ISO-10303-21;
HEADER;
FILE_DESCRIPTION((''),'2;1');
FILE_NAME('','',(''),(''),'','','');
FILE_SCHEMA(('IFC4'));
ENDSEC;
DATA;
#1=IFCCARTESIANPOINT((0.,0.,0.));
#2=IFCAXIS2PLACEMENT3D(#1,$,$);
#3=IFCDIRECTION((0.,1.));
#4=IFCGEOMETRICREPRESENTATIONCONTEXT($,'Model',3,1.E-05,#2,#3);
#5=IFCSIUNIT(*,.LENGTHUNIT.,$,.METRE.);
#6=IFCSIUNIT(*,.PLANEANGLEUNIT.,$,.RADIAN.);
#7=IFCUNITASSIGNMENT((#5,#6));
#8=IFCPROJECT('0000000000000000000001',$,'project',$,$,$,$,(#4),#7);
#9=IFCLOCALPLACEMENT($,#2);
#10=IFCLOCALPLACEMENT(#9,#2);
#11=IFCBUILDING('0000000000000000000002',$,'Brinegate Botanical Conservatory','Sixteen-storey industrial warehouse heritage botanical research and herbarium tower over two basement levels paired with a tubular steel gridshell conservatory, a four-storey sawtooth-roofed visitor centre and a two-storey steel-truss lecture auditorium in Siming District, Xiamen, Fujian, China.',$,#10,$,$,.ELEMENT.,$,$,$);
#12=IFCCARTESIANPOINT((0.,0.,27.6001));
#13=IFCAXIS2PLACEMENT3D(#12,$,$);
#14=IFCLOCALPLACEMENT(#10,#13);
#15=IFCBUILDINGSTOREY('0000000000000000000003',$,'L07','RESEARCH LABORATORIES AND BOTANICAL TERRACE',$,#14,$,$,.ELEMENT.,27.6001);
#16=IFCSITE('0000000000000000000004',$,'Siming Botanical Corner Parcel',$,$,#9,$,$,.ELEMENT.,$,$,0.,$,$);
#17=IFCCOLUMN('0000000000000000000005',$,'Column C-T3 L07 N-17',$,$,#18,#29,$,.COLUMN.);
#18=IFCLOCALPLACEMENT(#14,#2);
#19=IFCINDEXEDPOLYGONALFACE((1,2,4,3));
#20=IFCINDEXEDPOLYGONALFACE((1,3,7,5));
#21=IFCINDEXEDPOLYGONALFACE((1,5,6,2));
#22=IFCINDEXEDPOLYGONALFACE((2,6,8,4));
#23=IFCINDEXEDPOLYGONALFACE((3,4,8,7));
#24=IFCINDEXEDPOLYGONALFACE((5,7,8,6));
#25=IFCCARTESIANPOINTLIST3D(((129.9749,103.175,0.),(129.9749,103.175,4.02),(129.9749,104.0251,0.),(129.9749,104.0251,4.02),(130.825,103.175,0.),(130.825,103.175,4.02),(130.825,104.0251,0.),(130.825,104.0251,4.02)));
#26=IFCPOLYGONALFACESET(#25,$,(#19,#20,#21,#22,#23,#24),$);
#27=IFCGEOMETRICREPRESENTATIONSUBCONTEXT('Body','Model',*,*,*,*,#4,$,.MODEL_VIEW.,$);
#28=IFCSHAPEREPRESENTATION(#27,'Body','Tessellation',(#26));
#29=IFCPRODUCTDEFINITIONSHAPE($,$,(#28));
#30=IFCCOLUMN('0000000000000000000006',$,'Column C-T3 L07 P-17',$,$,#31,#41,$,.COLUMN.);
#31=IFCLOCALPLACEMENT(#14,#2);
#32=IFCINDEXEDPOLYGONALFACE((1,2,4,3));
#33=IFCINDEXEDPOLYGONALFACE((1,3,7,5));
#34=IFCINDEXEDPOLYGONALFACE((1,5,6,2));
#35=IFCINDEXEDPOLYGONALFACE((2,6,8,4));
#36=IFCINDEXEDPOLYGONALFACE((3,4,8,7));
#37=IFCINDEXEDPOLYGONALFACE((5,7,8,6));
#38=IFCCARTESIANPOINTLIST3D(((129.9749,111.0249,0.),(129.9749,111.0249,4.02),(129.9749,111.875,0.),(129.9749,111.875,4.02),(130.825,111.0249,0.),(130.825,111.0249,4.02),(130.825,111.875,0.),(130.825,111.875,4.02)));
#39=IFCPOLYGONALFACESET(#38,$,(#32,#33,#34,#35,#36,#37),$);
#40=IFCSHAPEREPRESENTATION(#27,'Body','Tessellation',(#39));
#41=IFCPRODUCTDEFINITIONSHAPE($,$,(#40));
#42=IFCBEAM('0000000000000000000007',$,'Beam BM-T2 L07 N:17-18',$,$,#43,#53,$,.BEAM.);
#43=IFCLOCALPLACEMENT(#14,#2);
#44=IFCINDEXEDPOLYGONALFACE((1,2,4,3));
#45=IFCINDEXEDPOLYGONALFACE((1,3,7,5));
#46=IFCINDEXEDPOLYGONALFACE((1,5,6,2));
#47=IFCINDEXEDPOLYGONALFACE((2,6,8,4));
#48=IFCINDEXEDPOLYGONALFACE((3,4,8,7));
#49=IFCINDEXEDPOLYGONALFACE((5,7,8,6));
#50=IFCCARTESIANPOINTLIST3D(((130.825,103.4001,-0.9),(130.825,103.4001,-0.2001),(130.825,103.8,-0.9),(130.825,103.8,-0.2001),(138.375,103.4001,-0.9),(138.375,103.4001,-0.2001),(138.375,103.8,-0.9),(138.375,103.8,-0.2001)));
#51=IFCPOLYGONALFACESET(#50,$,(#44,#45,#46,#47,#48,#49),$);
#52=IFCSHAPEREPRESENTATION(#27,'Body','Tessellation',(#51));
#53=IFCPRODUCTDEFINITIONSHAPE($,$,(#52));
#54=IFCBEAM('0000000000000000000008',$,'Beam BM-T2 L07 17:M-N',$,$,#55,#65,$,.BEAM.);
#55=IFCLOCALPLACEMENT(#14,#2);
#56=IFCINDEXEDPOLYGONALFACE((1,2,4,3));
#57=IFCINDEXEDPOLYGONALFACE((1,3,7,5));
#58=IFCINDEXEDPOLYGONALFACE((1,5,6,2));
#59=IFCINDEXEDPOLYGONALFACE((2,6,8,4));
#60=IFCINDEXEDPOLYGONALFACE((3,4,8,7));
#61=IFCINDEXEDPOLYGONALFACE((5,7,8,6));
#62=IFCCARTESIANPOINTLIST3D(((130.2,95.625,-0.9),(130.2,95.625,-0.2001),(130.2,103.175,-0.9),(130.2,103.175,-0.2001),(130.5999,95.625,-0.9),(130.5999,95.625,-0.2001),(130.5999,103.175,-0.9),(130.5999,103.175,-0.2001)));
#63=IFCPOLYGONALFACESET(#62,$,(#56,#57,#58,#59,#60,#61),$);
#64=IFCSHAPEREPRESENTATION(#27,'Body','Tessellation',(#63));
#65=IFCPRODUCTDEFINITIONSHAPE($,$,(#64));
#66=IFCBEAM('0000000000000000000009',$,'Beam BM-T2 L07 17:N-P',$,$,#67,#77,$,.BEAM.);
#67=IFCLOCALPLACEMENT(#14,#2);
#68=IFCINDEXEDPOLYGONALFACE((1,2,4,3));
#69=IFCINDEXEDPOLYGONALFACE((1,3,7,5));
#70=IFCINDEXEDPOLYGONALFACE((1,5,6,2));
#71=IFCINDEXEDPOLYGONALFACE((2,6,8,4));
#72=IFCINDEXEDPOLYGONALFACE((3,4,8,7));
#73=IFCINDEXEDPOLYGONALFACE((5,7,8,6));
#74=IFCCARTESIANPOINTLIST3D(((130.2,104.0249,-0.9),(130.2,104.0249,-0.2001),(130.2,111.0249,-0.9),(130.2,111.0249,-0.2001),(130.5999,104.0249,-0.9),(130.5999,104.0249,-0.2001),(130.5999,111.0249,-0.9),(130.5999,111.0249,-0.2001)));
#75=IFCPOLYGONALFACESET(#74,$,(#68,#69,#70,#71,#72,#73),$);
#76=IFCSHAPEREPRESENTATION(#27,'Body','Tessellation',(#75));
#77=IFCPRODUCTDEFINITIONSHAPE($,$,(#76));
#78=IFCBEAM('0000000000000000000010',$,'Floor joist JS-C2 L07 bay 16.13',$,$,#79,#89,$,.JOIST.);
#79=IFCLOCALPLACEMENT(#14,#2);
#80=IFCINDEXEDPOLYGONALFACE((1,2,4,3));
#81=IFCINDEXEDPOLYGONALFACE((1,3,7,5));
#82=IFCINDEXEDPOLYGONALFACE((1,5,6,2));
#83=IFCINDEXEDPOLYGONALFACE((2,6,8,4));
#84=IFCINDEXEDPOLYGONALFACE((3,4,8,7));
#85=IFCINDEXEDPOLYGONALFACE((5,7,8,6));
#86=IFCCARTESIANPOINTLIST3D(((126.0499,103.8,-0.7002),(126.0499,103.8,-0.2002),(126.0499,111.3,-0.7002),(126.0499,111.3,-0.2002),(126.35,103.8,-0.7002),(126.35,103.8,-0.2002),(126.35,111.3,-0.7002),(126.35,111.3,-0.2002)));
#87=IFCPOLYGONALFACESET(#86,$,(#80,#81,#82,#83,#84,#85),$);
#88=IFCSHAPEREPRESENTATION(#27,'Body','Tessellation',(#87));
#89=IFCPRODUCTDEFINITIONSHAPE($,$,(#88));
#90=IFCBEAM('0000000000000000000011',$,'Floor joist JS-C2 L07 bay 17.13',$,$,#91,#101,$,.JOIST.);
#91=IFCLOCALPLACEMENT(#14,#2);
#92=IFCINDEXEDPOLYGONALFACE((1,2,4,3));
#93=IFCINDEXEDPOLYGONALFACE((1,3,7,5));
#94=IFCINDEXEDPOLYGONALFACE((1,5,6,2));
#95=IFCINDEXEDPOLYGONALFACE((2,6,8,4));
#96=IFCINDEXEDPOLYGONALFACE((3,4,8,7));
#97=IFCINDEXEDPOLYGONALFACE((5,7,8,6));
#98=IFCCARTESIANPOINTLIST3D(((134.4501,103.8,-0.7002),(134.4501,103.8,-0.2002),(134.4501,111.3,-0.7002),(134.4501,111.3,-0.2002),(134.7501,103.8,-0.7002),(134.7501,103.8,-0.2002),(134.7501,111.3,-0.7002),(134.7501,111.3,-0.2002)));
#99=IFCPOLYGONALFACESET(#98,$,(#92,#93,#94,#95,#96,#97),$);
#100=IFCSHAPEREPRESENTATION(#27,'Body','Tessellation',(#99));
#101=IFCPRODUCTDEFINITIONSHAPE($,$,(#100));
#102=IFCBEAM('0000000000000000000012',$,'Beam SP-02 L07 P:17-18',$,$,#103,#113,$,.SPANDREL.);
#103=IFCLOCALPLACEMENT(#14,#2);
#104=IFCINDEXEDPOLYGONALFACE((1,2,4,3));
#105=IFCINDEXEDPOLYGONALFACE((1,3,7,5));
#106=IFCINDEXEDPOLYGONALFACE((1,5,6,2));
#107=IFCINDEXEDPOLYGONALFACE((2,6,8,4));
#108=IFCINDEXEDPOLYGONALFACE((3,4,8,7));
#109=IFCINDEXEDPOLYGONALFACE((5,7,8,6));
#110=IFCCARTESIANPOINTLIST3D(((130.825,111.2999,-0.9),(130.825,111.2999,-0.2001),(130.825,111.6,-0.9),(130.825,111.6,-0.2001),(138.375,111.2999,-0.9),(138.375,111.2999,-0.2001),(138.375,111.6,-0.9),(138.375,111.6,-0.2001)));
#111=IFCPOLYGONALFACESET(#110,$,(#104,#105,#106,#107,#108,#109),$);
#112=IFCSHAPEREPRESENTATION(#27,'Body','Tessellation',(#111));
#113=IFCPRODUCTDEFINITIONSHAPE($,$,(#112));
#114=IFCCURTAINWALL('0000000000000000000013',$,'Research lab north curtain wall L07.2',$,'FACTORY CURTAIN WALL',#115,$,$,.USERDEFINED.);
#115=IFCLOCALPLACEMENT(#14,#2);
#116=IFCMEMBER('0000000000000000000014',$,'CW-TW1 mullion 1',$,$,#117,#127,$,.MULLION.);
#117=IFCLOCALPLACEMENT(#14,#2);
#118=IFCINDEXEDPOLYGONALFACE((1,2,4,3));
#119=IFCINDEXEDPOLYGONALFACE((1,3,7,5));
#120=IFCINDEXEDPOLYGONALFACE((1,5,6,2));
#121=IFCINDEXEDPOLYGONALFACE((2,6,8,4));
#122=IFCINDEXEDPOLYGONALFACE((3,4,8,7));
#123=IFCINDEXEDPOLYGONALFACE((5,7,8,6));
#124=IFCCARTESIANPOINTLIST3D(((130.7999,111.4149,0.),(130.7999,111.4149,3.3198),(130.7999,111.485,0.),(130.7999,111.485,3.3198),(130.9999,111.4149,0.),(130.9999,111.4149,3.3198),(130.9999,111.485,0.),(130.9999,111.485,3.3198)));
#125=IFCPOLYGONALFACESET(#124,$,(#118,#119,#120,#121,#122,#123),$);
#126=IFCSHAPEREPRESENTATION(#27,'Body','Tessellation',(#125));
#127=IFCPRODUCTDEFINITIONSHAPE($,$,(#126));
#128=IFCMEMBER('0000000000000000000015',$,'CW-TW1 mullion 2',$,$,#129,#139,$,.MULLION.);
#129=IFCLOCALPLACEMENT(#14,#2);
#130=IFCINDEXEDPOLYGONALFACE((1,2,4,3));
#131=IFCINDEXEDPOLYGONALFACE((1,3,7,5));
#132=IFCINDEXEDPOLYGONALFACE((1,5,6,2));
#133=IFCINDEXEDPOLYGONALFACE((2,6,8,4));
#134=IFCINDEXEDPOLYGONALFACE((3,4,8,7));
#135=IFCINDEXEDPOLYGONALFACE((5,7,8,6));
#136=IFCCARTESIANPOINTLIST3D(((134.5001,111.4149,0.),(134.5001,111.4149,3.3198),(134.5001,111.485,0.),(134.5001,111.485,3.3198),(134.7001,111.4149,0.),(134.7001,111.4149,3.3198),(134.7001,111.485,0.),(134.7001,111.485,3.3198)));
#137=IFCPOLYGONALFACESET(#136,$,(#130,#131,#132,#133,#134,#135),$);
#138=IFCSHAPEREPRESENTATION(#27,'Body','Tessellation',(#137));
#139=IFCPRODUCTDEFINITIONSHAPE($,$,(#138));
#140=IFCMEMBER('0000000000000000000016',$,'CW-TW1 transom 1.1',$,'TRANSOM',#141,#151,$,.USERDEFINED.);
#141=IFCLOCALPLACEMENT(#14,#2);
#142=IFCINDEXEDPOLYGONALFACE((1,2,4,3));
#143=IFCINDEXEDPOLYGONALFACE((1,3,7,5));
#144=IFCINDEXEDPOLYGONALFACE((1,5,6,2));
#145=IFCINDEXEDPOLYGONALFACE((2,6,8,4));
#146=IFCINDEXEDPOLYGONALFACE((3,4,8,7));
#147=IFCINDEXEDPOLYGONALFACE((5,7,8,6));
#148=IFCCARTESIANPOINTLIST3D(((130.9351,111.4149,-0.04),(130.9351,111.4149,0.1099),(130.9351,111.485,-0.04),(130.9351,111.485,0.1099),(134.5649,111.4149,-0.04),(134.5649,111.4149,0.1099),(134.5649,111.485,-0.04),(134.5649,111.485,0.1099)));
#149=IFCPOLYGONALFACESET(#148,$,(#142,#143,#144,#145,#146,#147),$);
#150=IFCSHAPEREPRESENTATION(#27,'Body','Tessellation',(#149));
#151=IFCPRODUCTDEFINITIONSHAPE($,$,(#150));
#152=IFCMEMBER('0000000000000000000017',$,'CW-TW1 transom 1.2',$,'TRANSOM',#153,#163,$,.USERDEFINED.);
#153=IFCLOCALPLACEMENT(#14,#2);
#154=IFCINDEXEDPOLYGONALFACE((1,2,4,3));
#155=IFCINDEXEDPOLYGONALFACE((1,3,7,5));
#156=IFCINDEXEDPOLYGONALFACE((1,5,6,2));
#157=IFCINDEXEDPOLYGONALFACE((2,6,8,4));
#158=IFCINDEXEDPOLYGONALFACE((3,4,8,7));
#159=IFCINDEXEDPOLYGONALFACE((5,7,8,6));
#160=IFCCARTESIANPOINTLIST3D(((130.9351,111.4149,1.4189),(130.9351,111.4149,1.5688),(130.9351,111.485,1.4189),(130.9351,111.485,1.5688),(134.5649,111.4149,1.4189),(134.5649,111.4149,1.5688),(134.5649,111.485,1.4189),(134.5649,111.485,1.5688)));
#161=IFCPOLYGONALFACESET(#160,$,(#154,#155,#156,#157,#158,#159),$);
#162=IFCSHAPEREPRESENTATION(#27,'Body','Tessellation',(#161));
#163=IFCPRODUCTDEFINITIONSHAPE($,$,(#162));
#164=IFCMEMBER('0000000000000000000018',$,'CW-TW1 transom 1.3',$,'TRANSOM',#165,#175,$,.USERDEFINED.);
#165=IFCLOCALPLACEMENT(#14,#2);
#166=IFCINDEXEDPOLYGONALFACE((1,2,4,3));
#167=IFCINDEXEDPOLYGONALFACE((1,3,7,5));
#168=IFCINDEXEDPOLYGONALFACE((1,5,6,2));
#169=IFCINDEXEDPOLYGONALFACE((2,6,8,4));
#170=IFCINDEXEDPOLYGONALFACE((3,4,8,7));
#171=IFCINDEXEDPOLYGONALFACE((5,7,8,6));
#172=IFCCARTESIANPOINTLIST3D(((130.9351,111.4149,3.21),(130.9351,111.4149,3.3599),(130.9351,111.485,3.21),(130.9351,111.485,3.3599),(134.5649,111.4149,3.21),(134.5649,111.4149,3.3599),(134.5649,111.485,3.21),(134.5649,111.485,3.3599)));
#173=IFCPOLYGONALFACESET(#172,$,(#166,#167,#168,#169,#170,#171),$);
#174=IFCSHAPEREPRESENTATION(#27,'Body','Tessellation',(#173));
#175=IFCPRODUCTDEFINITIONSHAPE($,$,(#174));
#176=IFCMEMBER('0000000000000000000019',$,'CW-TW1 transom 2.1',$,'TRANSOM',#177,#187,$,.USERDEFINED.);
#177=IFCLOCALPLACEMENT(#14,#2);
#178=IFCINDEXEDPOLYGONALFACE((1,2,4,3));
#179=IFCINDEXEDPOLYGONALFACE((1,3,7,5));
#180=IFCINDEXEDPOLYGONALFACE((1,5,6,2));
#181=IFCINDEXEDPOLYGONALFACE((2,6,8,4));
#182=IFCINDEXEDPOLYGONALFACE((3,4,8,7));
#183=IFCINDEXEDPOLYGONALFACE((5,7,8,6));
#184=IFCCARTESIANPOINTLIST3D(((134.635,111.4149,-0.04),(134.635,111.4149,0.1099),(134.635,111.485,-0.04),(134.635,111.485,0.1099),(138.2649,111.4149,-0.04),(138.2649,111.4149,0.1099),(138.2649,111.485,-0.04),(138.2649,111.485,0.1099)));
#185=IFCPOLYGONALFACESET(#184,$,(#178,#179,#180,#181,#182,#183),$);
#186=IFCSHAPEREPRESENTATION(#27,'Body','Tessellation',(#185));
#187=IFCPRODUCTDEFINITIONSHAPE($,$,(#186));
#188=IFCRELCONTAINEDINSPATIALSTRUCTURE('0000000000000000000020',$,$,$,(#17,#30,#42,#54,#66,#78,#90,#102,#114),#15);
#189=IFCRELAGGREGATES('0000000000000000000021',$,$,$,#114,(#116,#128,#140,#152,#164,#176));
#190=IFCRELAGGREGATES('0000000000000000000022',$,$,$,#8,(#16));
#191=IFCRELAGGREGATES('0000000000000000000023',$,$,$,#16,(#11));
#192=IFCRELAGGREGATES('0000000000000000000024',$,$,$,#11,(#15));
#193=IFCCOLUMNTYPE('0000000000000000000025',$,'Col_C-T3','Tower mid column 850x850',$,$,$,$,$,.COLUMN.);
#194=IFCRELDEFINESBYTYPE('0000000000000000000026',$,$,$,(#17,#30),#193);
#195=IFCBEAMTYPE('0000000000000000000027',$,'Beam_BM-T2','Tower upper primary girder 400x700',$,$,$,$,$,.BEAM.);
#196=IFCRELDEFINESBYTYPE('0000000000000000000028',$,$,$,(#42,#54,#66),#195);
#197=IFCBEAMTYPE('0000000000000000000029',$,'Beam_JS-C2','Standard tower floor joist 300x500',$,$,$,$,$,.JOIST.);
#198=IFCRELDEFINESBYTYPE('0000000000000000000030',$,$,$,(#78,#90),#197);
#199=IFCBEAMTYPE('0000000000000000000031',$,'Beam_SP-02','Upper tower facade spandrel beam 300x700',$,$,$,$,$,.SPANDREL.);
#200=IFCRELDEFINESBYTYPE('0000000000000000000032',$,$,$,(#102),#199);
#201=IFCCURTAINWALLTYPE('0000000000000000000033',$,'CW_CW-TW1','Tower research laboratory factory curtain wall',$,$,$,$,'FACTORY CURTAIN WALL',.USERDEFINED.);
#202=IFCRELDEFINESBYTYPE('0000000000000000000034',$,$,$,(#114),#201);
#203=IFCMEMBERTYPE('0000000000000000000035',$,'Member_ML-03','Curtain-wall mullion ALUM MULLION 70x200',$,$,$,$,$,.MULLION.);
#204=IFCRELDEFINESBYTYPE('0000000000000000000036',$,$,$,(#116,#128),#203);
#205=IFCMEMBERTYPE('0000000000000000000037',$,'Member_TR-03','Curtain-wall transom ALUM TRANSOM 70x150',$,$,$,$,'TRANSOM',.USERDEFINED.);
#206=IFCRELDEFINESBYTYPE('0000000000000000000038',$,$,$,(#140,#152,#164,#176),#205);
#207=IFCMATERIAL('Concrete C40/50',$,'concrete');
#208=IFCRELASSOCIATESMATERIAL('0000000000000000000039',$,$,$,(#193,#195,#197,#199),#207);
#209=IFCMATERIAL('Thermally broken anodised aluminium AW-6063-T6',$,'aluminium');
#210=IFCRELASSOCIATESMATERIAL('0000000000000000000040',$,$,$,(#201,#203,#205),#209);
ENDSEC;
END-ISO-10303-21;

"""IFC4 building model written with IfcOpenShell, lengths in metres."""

from ifc_helpers import new_model, si_unit, direction, frame, origin, origin_2d, place, context, subcontext, project, spatial, rectangle, extrude, material, material_profile, profile_set, type_object, element, aggregate, save


model = new_model("IFC4")

# Units and contexts
model_context = context("Model", 3, precision=1e-05, world=origin(), true_north=direction((0.0, 1.0)))
body_context = subcontext(model_context, "Body", "Model", "MODEL_VIEW")
ifc_project = project(units=[si_unit("LENGTHUNIT", "METRE"), si_unit("PLANEANGLEUNIT", "RADIAN")], contexts=[model_context])

# Site, building, storey
site_placement = place(None, origin())
site = spatial("IfcSite", under=ifc_project, at=site_placement, Name="Siming Botanical Corner Parcel", CompositionType="ELEMENT", RefElevation=0.0)
building_placement = place(site_placement, origin())
building = spatial("IfcBuilding", under=site, at=building_placement, Name="Brinegate Botanical Conservatory", Description="Sixteen-storey industrial warehouse heritage botanical research and herbarium tower over two basement levels paired with a tubular steel gridshell conservatory, a four-storey sawtooth-roofed visitor centre and a two-storey steel-truss lecture auditorium in Siming District, Xiamen, Fujian, China.", CompositionType="ELEMENT")
storey_placement = place(building_placement, frame((0.0, 0.0, 27.6001)))
storey = spatial("IfcBuildingStorey", under=building, at=storey_placement, Name="L07", Description="RESEARCH LABORATORIES AND BOTANICAL TERRACE", CompositionType="ELEMENT", Elevation=27.6001)

# Columns
ifc_material_1 = material(Name="Concrete C40/50", Category="concrete")
ifc_material_profile_1 = material_profile(ifc_material_1, rectangle(XDim=0.8501, YDim=0.8501, at=origin_2d()), Name="RC COL 850x850")
ifc_profile_set_1 = profile_set([ifc_material_profile_1], Name="Concrete C40/50")
column_type = type_object("IfcColumnType", Name="Col_C-T3", Description="Tower mid column 850x850", PredefinedType="COLUMN", material=ifc_profile_set_1)
for number, where, z_axis, x_axis, name in (
    (1, (130.3999, 103.6001, 0.0), (0.0, 0.0, 1.0), (1.0, 0.0, 0.0), "Column C-T3 L07 N-17"),
    (2, (130.3999, 111.45, 0.0), (0.0, 0.0, 1.0), (1.0, 0.0, 0.0), "Column C-T3 L07 P-17"),
):
    element("IfcColumn", number, at=place(storey_placement, frame(where, z_axis=z_axis, x_axis=x_axis)), inside=storey, type_object=column_type, Name=name, PredefinedType="COLUMN", context=body_context, shape_type="SweptSolid", body=[
        extrude(rectangle(XDim=0.8501, YDim=0.8501, at=origin_2d()), origin(), (0.0, 0.0, 1.0), 4.02),
    ])

# Beams
ifc_material_profile_2 = material_profile(ifc_material_1, rectangle(XDim=0.3999, YDim=0.7, at=origin_2d()), Name="RC BM 400x700")
ifc_profile_set_2 = profile_set([ifc_material_profile_2], Name="Concrete C40/50")
beam_type_1 = type_object("IfcBeamType", Name="Beam_BM-T2", Description="Tower upper primary girder 400x700", PredefinedType="BEAM", material=ifc_profile_set_2)
for number, where, z_axis, x_axis, name in (
    (3, (130.825, 103.6001, -0.55), (1.0, 0.0, 0.0), (0.0, 1.0, 0.0), "Beam BM-T2 L07 N:17-18"),
    (4, (130.3999, 95.625, -0.55), (0.0, 1.0, 0.0), (-1.0, 0.0, 0.0), "Beam BM-T2 L07 17:M-N"),
):
    element("IfcBeam", number, at=place(storey_placement, frame(where, z_axis=z_axis, x_axis=x_axis)), inside=storey, type_object=beam_type_1, Name=name, PredefinedType="BEAM", context=body_context, shape_type="SweptSolid", body=[
        extrude(rectangle(XDim=0.3999, YDim=0.7, at=origin_2d()), origin(), (0.0, 0.0, 1.0), 7.55),
    ])
beam_1_placement = place(storey_placement, frame((130.3999, 104.0249, -0.55), z_axis=(0.0, 1.0, 0.0), x_axis=(-1.0, 0.0, 0.0)))
element("IfcBeam", 5, at=beam_1_placement, inside=storey, type_object=beam_type_1, Name="Beam BM-T2 L07 17:N-P", PredefinedType="BEAM", context=body_context, shape_type="SweptSolid", body=[
    extrude(rectangle(XDim=0.3999, YDim=0.7, at=origin_2d()), origin(), (0.0, 0.0, 1.0), 7.0),
])
ifc_material_profile_3 = material_profile(ifc_material_1, rectangle(XDim=0.3, YDim=0.5, at=origin_2d()), Name="RC JST 300x500")
ifc_profile_set_3 = profile_set([ifc_material_profile_3], Name="Concrete C40/50")
beam_type_2 = type_object("IfcBeamType", Name="Beam_JS-C2", Description="Standard tower floor joist 300x500", PredefinedType="JOIST", material=ifc_profile_set_3)
for number, where, z_axis, x_axis, name in (
    (6, (126.2, 103.8, -0.4502), (0.0, 1.0, 0.0), (-1.0, 0.0, 0.0), "Floor joist JS-C2 L07 bay 16.13"),
    (7, (134.6001, 103.8, -0.4502), (0.0, 1.0, 0.0), (-1.0, 0.0, 0.0), "Floor joist JS-C2 L07 bay 17.13"),
):
    element("IfcBeam", number, at=place(storey_placement, frame(where, z_axis=z_axis, x_axis=x_axis)), inside=storey, type_object=beam_type_2, Name=name, PredefinedType="JOIST", context=body_context, shape_type="SweptSolid", body=[
        extrude(rectangle(XDim=0.3, YDim=0.5, at=origin_2d()), origin(), (0.0, 0.0, 1.0), 7.5),
    ])
ifc_material_profile_4 = material_profile(ifc_material_1, rectangle(XDim=0.3, YDim=0.7, at=origin_2d()), Name="RC SPN 300x700")
ifc_profile_set_4 = profile_set([ifc_material_profile_4], Name="Concrete C40/50")
beam_type_3 = type_object("IfcBeamType", Name="Beam_SP-02", Description="Upper tower facade spandrel beam 300x700", PredefinedType="SPANDREL", material=ifc_profile_set_4)
beam_2_placement = place(storey_placement, frame((130.825, 111.45, -0.55), z_axis=(1.0, 0.0, 0.0), x_axis=(0.0, 1.0, 0.0)))
element("IfcBeam", 8, at=beam_2_placement, inside=storey, type_object=beam_type_3, Name="Beam SP-02 L07 P:17-18", PredefinedType="SPANDREL", context=body_context, shape_type="SweptSolid", body=[
    extrude(rectangle(XDim=0.3, YDim=0.7, at=origin_2d()), origin(), (0.0, 0.0, 1.0), 7.55),
])

# Curtain wall, members
ifc_material_2 = material(Name="Thermally broken anodised aluminium AW-6063-T6", Category="aluminium")
curtain_wall_type = type_object("IfcCurtainWallType", Name="CW_CW-TW1", Description="Tower research laboratory factory curtain wall", ElementType="FACTORY CURTAIN WALL", PredefinedType="USERDEFINED", material=ifc_material_2)
curtain_wall_placement = place(storey_placement, origin())
curtain_wall = element("IfcCurtainWall", 9, at=curtain_wall_placement, inside=storey, type_object=curtain_wall_type, Name="Research lab north curtain wall L07.2", ObjectType="FACTORY CURTAIN WALL", PredefinedType="USERDEFINED")
ifc_material_profile_5 = material_profile(ifc_material_2, rectangle(XDim=0.0701, YDim=0.2, at=origin_2d()), Name="ALUM MULLION 70x200")
ifc_profile_set_5 = profile_set([ifc_material_profile_5], Name="Thermally broken anodised aluminium AW-6063-T6")
member_type_1 = type_object("IfcMemberType", Name="Member_ML-03", Description="Curtain-wall mullion ALUM MULLION 70x200", PredefinedType="MULLION", material=ifc_profile_set_5)
member_1_placement = place(storey_placement, frame((130.8999, 111.45, 0.0), z_axis=(0.0, 0.0, 1.0), x_axis=(0.0, 1.0, 0.0)))
member_1 = element("IfcMember", 10, at=member_1_placement, type_object=member_type_1, Name="CW-TW1 mullion 1", PredefinedType="MULLION", context=body_context, shape_type="SweptSolid", body=[
    extrude(rectangle(XDim=0.0701, YDim=0.2, at=origin_2d()), origin(), (0.0, 0.0, 1.0), 3.3198),
])
member_2_placement = place(storey_placement, frame((134.6001, 111.45, 0.0), z_axis=(0.0, 0.0, 1.0), x_axis=(0.0, 1.0, 0.0)))
member_2 = element("IfcMember", 11, at=member_2_placement, type_object=member_type_1, Name="CW-TW1 mullion 2", PredefinedType="MULLION", context=body_context, shape_type="SweptSolid", body=[
    extrude(rectangle(XDim=0.0701, YDim=0.2, at=origin_2d()), origin(), (0.0, 0.0, 1.0), 3.3198),
])
ifc_material_profile_6 = material_profile(ifc_material_2, rectangle(XDim=0.0701, YDim=0.1499, at=origin_2d()), Name="ALUM TRANSOM 70x150")
ifc_profile_set_6 = profile_set([ifc_material_profile_6], Name="Thermally broken anodised aluminium AW-6063-T6")
member_type_2 = type_object("IfcMemberType", Name="Member_TR-03", Description="Curtain-wall transom ALUM TRANSOM 70x150", ElementType="TRANSOM", PredefinedType="USERDEFINED", material=ifc_profile_set_6)
member_3_placement = place(storey_placement, frame((130.9351, 111.45, 0.0349), z_axis=(1.0, 0.0, 0.0), x_axis=(0.0, 1.0, 0.0)))
member_3 = element("IfcMember", 12, at=member_3_placement, type_object=member_type_2, Name="CW-TW1 transom 1.1", ObjectType="TRANSOM", PredefinedType="USERDEFINED", context=body_context, shape_type="SweptSolid", body=[
    extrude(rectangle(XDim=0.0701, YDim=0.1499, at=origin_2d()), origin(), (0.0, 0.0, 1.0), 3.6299),
])
member_4_placement = place(storey_placement, frame((130.9351, 111.45, 1.4939), z_axis=(1.0, 0.0, 0.0), x_axis=(0.0, 1.0, 0.0)))
member_4 = element("IfcMember", 13, at=member_4_placement, type_object=member_type_2, Name="CW-TW1 transom 1.2", ObjectType="TRANSOM", PredefinedType="USERDEFINED", context=body_context, shape_type="SweptSolid", body=[
    extrude(rectangle(XDim=0.0701, YDim=0.1499, at=origin_2d()), origin(), (0.0, 0.0, 1.0), 3.6299),
])
member_5_placement = place(storey_placement, frame((130.9351, 111.45, 3.2849), z_axis=(1.0, 0.0, 0.0), x_axis=(0.0, 1.0, 0.0)))
member_5 = element("IfcMember", 14, at=member_5_placement, type_object=member_type_2, Name="CW-TW1 transom 1.3", ObjectType="TRANSOM", PredefinedType="USERDEFINED", context=body_context, shape_type="SweptSolid", body=[
    extrude(rectangle(XDim=0.0701, YDim=0.1499, at=origin_2d()), origin(), (0.0, 0.0, 1.0), 3.6299),
])
member_6_placement = place(storey_placement, frame((134.635, 111.45, 0.0349), z_axis=(1.0, 0.0, 0.0), x_axis=(0.0, 1.0, 0.0)))
member_6 = element("IfcMember", 15, at=member_6_placement, type_object=member_type_2, Name="CW-TW1 transom 2.1", ObjectType="TRANSOM", PredefinedType="USERDEFINED", context=body_context, shape_type="SweptSolid", body=[
    extrude(rectangle(XDim=0.0701, YDim=0.1499, at=origin_2d()), origin(), (0.0, 0.0, 1.0), 3.6299),
])
aggregate(curtain_wall, [member_1, member_2, member_3, member_4, member_5, member_6])

save(model, "model.ifc")
